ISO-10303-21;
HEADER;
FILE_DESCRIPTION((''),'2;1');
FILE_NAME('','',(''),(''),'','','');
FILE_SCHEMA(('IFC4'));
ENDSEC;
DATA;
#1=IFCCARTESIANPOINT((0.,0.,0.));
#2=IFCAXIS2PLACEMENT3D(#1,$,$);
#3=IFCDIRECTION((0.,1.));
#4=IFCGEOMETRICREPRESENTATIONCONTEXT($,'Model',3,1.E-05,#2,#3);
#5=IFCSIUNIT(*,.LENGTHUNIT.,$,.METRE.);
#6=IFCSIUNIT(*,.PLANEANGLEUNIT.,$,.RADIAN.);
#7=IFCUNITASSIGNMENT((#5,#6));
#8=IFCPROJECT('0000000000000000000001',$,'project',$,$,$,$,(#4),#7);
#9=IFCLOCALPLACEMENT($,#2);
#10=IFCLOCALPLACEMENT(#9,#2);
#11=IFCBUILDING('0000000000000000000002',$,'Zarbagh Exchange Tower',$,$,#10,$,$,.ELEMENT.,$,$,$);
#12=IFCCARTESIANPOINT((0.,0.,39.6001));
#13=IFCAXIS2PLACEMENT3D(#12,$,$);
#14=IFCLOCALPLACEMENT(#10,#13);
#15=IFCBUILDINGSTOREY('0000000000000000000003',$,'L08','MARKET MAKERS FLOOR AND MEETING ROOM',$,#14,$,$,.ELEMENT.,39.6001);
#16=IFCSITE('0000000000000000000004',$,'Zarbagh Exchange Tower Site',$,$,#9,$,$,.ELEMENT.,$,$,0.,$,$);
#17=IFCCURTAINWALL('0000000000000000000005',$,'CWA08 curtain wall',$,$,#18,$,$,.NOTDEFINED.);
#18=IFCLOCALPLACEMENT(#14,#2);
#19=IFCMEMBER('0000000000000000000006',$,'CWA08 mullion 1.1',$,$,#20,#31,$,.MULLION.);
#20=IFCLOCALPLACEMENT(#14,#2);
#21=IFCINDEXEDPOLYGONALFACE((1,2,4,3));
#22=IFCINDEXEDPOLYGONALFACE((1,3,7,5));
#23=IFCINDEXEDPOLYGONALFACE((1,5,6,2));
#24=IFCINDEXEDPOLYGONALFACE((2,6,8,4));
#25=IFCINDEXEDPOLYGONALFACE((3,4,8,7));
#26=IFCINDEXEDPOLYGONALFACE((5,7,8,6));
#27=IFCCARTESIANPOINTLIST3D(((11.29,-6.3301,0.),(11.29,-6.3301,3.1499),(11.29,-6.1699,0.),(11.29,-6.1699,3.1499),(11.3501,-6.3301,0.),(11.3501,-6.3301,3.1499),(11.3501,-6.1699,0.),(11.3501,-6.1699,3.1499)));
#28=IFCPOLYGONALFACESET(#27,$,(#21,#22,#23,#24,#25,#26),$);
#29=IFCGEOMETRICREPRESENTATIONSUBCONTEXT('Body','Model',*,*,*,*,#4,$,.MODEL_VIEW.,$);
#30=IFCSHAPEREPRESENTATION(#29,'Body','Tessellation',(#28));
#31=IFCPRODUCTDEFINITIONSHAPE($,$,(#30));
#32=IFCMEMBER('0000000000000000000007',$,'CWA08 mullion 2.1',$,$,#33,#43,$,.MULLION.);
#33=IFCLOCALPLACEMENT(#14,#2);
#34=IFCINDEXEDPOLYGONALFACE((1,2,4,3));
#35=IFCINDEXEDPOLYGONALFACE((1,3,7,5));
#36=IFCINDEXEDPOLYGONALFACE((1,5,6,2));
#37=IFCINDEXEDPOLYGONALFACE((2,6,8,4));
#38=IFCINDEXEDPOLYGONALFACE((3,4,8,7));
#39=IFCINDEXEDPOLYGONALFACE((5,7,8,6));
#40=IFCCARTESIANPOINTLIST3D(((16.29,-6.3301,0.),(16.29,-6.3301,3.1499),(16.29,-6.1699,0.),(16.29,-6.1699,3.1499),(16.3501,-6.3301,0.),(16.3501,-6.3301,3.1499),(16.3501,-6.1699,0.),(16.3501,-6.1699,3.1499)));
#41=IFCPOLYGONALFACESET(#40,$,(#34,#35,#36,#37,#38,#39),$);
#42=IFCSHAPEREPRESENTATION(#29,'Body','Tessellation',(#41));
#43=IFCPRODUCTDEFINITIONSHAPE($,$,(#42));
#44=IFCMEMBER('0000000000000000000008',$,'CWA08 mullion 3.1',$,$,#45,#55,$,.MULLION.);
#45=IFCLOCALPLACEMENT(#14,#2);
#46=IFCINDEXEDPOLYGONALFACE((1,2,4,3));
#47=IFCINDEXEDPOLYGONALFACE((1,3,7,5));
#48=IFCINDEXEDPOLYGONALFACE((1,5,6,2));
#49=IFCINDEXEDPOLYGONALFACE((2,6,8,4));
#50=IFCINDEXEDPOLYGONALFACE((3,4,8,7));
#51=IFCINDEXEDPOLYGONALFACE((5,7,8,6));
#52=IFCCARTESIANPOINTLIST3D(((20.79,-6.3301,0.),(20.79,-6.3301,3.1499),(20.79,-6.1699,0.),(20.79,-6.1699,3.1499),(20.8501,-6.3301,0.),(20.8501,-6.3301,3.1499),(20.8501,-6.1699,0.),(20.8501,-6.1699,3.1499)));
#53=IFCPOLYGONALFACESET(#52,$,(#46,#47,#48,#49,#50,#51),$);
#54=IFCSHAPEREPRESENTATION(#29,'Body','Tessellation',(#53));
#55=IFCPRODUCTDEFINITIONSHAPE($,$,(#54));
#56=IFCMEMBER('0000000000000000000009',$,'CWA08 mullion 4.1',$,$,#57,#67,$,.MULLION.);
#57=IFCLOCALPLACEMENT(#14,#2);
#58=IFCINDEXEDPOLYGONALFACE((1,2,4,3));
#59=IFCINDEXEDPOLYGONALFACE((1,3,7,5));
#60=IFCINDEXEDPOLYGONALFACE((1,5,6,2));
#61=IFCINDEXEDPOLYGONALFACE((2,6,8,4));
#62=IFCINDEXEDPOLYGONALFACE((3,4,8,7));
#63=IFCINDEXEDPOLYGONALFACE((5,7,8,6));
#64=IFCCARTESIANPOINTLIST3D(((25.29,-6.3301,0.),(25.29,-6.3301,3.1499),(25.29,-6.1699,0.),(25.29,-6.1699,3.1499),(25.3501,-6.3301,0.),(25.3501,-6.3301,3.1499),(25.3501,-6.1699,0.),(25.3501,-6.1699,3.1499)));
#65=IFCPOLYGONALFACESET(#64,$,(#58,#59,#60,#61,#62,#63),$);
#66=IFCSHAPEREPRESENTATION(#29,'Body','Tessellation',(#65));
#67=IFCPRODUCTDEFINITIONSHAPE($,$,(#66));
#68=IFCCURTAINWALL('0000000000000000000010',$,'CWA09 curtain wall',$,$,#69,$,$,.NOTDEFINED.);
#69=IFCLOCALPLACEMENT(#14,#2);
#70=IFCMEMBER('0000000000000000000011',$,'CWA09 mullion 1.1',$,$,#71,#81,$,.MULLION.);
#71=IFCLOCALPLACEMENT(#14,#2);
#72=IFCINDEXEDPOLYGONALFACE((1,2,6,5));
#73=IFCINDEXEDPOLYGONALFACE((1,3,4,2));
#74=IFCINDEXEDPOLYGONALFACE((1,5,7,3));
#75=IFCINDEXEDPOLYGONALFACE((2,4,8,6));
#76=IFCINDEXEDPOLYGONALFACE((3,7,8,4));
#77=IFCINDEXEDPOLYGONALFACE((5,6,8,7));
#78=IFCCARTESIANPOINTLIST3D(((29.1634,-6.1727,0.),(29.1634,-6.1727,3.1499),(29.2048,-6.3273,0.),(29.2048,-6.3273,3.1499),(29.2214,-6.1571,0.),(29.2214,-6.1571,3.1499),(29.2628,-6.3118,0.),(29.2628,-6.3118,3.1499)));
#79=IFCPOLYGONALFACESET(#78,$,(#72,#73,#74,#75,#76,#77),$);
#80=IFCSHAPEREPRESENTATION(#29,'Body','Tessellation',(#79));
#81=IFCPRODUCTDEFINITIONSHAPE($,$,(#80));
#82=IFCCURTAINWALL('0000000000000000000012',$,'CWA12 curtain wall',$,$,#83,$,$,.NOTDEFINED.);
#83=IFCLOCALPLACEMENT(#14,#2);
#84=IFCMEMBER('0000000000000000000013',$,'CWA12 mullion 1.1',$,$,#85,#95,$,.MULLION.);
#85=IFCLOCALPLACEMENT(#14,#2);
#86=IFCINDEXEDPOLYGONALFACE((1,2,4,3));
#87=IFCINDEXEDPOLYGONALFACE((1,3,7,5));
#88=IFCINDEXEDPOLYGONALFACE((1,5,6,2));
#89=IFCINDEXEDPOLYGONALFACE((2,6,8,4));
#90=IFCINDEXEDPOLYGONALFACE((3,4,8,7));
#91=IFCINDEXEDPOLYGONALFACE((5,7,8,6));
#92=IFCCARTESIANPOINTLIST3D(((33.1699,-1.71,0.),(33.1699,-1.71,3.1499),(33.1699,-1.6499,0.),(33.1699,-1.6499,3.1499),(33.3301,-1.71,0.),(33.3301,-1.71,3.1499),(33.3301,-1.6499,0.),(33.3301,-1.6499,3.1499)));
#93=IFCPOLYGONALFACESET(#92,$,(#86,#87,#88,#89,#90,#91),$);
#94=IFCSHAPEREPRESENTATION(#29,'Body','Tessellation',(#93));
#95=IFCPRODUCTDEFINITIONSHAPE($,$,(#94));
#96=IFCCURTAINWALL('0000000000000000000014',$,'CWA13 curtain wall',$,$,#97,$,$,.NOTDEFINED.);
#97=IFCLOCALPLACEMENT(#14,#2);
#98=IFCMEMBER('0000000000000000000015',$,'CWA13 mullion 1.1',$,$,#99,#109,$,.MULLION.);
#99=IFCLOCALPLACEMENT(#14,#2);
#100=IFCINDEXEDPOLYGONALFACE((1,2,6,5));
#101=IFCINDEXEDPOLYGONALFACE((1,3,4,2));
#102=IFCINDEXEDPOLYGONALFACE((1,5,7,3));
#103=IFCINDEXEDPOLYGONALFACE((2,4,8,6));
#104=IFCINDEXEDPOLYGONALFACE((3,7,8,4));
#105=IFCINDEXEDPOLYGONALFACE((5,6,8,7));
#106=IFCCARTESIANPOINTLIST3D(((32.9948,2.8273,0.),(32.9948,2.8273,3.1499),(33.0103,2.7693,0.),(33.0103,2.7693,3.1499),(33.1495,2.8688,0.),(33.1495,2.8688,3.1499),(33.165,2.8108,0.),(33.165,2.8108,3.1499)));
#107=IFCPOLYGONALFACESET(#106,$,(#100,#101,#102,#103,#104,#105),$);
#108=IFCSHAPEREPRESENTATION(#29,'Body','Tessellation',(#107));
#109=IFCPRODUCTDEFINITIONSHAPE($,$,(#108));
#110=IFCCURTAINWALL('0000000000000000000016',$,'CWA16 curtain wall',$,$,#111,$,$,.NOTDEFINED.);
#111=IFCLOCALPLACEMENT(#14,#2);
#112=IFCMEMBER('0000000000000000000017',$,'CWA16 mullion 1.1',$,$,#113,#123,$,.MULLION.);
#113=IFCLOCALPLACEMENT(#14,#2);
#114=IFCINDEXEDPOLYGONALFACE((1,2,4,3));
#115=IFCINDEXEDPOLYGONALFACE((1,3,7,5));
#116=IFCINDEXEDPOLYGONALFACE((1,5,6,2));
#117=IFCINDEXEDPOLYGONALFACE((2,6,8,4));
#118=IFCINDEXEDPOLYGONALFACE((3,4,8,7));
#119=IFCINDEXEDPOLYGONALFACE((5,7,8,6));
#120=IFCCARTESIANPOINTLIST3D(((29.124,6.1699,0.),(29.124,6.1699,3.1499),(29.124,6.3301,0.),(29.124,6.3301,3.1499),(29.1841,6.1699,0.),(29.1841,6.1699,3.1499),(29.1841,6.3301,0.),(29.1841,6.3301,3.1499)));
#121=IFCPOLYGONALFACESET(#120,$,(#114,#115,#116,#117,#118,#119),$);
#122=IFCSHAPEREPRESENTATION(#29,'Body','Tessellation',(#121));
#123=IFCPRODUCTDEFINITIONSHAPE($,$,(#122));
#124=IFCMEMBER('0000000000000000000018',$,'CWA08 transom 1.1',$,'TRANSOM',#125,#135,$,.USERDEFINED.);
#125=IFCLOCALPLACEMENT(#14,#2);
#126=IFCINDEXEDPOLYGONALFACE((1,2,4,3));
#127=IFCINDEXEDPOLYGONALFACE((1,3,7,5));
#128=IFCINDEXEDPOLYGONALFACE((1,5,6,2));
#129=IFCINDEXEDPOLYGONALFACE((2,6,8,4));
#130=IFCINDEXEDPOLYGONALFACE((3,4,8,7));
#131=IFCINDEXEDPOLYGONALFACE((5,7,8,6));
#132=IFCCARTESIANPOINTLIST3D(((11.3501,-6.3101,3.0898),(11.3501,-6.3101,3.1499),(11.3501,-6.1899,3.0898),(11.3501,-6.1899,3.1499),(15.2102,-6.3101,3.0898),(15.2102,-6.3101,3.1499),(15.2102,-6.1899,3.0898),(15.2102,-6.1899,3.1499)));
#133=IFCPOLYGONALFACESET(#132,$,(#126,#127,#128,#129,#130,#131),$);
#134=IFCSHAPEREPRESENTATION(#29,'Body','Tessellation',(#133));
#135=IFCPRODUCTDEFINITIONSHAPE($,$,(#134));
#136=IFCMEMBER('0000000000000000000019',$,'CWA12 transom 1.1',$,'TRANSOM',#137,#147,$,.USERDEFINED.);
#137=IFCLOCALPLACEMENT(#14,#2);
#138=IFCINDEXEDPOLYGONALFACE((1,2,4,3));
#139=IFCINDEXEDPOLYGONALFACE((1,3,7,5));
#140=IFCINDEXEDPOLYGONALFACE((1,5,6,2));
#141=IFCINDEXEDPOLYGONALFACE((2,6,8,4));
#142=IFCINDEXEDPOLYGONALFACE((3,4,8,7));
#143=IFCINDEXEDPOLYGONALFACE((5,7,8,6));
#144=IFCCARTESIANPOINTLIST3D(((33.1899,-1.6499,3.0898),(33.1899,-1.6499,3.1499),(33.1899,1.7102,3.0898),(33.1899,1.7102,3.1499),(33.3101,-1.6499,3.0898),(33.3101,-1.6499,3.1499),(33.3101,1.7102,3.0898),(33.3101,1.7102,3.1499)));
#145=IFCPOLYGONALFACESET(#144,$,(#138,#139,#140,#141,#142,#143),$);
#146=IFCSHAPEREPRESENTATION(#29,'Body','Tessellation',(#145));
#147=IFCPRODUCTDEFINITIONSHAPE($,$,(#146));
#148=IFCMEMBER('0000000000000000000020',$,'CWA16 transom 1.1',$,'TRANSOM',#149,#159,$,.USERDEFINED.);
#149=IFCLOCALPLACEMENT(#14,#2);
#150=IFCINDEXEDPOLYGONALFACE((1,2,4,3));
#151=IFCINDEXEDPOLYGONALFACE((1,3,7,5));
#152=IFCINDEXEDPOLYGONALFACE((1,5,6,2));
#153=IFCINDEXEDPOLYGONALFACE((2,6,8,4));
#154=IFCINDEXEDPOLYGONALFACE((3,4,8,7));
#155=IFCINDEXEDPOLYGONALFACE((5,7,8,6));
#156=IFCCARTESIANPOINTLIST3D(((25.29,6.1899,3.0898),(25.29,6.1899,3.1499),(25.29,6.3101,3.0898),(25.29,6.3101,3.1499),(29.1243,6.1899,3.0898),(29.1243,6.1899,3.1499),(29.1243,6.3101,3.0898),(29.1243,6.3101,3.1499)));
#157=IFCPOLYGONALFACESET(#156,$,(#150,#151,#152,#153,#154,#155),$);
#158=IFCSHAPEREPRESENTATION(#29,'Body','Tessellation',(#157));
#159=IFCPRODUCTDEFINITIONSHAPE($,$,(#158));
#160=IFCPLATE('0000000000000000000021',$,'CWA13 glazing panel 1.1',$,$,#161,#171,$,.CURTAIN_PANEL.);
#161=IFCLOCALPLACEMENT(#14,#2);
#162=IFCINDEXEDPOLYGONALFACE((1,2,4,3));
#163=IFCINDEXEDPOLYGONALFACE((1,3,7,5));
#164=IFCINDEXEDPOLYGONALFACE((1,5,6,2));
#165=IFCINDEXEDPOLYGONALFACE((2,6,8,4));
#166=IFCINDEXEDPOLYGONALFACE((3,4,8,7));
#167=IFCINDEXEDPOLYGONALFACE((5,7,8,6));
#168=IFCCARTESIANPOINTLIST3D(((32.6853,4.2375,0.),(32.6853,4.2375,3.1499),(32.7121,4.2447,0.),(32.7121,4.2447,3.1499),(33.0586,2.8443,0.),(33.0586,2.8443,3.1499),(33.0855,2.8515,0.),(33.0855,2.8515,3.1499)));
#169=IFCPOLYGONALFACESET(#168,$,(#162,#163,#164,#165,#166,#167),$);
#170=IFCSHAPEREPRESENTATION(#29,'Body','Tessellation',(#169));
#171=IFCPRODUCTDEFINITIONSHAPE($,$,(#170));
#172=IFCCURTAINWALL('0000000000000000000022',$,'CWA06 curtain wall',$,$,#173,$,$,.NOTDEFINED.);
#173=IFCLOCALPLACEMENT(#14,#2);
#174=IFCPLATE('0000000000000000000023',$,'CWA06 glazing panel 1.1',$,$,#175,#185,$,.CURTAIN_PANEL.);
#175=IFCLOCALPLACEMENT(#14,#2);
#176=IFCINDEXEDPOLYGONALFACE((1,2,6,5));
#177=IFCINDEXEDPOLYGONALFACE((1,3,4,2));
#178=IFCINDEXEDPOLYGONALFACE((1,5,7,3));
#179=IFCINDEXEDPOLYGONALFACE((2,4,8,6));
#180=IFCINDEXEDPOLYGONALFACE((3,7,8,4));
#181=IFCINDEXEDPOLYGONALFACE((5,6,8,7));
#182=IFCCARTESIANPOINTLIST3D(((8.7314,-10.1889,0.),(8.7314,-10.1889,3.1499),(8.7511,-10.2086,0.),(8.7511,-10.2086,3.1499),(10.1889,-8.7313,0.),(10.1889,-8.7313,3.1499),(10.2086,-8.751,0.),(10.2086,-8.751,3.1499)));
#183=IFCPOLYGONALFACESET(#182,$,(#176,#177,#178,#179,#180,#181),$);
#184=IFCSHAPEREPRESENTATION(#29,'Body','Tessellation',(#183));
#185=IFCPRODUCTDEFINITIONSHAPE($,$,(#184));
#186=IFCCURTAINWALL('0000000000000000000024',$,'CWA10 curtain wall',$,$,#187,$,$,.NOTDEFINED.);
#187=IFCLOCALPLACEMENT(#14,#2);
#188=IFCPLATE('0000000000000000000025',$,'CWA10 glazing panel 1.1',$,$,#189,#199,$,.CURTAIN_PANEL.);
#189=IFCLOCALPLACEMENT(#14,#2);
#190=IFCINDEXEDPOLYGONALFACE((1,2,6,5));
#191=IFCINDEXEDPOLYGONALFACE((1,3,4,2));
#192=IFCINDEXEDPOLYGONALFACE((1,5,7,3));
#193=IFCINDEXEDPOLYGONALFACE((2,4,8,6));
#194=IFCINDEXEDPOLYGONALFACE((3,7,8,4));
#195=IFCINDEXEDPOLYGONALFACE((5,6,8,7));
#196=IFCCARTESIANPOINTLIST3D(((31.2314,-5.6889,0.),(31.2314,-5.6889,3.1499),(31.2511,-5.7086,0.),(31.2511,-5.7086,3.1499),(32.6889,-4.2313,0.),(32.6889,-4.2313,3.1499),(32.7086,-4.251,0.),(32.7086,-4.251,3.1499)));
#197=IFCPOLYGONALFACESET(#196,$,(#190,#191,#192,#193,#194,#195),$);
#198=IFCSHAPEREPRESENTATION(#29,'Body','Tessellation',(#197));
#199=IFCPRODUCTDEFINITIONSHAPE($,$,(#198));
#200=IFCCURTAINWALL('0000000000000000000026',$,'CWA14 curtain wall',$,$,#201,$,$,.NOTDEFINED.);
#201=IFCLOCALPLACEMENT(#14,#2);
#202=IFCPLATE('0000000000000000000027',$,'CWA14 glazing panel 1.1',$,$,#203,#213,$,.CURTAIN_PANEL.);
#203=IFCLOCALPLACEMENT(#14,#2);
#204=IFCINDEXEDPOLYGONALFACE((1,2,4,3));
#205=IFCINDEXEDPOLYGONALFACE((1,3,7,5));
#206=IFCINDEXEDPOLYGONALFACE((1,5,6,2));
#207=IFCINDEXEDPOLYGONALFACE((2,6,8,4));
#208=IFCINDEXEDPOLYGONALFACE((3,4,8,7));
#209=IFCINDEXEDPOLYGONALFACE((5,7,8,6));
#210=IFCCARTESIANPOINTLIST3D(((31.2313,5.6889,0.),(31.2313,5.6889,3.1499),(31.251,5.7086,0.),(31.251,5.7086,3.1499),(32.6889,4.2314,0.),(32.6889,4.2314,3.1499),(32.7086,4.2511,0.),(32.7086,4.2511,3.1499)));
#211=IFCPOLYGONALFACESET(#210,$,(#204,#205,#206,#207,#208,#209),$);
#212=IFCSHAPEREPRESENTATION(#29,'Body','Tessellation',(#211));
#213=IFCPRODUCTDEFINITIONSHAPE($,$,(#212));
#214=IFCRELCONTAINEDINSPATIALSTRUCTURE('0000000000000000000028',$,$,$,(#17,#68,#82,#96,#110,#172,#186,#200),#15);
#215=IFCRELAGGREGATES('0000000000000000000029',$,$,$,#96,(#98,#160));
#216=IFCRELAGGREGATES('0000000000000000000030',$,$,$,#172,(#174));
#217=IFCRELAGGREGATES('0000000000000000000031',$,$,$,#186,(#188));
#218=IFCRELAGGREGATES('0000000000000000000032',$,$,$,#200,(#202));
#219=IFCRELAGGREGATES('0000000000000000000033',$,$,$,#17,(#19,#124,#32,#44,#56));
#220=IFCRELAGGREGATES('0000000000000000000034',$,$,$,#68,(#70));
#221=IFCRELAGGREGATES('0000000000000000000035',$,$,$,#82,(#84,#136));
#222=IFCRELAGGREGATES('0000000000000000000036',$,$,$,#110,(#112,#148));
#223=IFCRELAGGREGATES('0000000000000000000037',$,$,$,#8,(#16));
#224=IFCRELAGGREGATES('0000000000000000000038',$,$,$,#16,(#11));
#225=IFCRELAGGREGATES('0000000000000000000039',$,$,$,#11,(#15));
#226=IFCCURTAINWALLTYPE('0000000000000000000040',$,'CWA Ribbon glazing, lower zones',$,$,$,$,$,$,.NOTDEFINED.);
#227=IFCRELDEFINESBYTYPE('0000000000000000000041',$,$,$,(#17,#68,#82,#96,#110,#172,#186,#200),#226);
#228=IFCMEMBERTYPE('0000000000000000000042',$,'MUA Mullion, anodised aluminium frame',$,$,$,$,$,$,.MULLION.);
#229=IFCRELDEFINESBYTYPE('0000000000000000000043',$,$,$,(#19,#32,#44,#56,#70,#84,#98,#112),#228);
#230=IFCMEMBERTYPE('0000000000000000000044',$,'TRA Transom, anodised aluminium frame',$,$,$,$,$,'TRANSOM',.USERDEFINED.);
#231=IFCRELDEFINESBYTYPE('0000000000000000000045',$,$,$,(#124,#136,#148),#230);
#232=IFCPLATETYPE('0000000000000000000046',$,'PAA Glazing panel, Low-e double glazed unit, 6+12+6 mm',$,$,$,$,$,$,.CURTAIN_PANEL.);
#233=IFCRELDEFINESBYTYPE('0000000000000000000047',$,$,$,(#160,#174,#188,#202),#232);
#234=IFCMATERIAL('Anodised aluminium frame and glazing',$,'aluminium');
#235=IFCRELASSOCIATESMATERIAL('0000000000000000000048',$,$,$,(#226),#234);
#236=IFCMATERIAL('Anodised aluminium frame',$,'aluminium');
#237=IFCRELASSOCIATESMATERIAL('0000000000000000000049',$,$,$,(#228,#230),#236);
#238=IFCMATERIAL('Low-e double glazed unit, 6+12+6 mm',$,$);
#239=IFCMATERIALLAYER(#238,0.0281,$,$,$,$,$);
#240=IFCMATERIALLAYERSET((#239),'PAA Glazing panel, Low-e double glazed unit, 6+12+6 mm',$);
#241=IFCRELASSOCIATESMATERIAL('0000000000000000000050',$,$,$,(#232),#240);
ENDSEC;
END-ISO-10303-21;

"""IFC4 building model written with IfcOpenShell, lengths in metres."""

from ifc_helpers import new_model, si_unit, direction, frame, origin, place, context, subcontext, project, spatial, polyline, outline, extrude, source, transform, mapped, material, layer, layer_set, type_object, element, aggregate, save


model = new_model("IFC4")

# Units and contexts
model_context = context("Model", 3, precision=1e-05, world=origin(), true_north=direction((0.0, 1.0)))
body_context = subcontext(model_context, "Body", "Model", "MODEL_VIEW")
ifc_project = project(units=[si_unit("LENGTHUNIT", "METRE"), si_unit("PLANEANGLEUNIT", "RADIAN")], contexts=[model_context])

# Site, building, storey
site_placement = place(None, origin())
site = spatial("IfcSite", under=ifc_project, at=site_placement, Name="Zarbagh Exchange Tower Site", CompositionType="ELEMENT", RefElevation=0.0)
building_placement = place(site_placement, origin())
building = spatial("IfcBuilding", under=site, at=building_placement, Name="Zarbagh Exchange Tower", CompositionType="ELEMENT")
storey_placement = place(building_placement, frame((0.0, 0.0, 39.6001)))
storey = spatial("IfcBuildingStorey", under=building, at=storey_placement, Name="L08", Description="MARKET MAKERS FLOOR AND MEETING ROOM", CompositionType="ELEMENT", Elevation=39.6001)

# Curtain wall, members
ifc_material_1 = material(Name="Anodised aluminium frame and glazing", Category="aluminium")
curtain_wall_type = type_object("IfcCurtainWallType", Name="CWA Ribbon glazing, lower zones", PredefinedType="NOTDEFINED", material=ifc_material_1)
curtain_wall_1_placement = place(storey_placement, origin())
curtain_wall_1 = element("IfcCurtainWall", 1, at=curtain_wall_1_placement, inside=storey, type_object=curtain_wall_type, Name="CWA08 curtain wall", PredefinedType="NOTDEFINED")
ifc_material_2 = material(Name="Anodised aluminium frame", Category="aluminium")
member_type_1 = type_object("IfcMemberType", Name="MUA Mullion, anodised aluminium frame", PredefinedType="MULLION", material=ifc_material_2)
shared_shape_1 = source(origin(), body_context, "Body", "SweptSolid", [
    extrude(outline(polyline([(0.0, -0.0801), (0.0601, -0.0801), (0.0601, 0.0801), (0.0, 0.0801), (0.0, -0.0801)])), origin(), (0.0, 0.0, 1.0), 3.1499),
])
placement = place(storey_placement, origin())
member_1 = element("IfcMember", 2, at=placement, type_object=member_type_1, Name="CWA08 mullion 1.1", PredefinedType="MULLION", context=body_context, shape_type="MappedRepresentation", body=[
    mapped(shared_shape_1, transform((11.29, -6.25, 0.0), x_axis=(1.0, 0.0, 0.0), y_axis=(0.0, 1.0, 0.0), z_axis=(0.0, 0.0, 1.0))),
])
member_2 = element("IfcMember", 3, at=placement, type_object=member_type_1, Name="CWA08 mullion 2.1", PredefinedType="MULLION", context=body_context, shape_type="MappedRepresentation", body=[
    mapped(shared_shape_1, transform((16.29, -6.25, 0.0), x_axis=(1.0, 0.0, 0.0), y_axis=(0.0, 1.0, 0.0), z_axis=(0.0, 0.0, 1.0))),
])
member_3 = element("IfcMember", 4, at=placement, type_object=member_type_1, Name="CWA08 mullion 3.1", PredefinedType="MULLION", context=body_context, shape_type="MappedRepresentation", body=[
    mapped(shared_shape_1, transform((20.79, -6.25, 0.0), x_axis=(1.0, 0.0, 0.0), y_axis=(0.0, 1.0, 0.0), z_axis=(0.0, 0.0, 1.0))),
])
member_4 = element("IfcMember", 5, at=placement, type_object=member_type_1, Name="CWA08 mullion 4.1", PredefinedType="MULLION", context=body_context, shape_type="MappedRepresentation", body=[
    mapped(shared_shape_1, transform((25.29, -6.25, 0.0), x_axis=(1.0, 0.0, 0.0), y_axis=(0.0, 1.0, 0.0), z_axis=(0.0, 0.0, 1.0))),
])

# Curtain walls, members
curtain_wall_2_placement = place(storey_placement, origin())
curtain_wall_2 = element("IfcCurtainWall", 6, at=curtain_wall_2_placement, inside=storey, type_object=curtain_wall_type, Name="CWA09 curtain wall", PredefinedType="NOTDEFINED")
member_5 = element("IfcMember", 7, at=placement, type_object=member_type_1, Name="CWA09 mullion 1.1", PredefinedType="MULLION", context=body_context, shape_type="MappedRepresentation", body=[
    mapped(shared_shape_1, transform((29.1841, -6.25, 0.0), x_axis=(0.965924, 0.258825, 0.0), y_axis=(-0.258825, 0.965924, 0.0), z_axis=(0.0, 0.0, 1.0))),
])
curtain_wall_3_placement = place(storey_placement, origin())
curtain_wall_3 = element("IfcCurtainWall", 8, at=curtain_wall_3_placement, inside=storey, type_object=curtain_wall_type, Name="CWA12 curtain wall", PredefinedType="NOTDEFINED")
member_6 = element("IfcMember", 9, at=placement, type_object=member_type_1, Name="CWA12 mullion 1.1", PredefinedType="MULLION", context=body_context, shape_type="MappedRepresentation", body=[
    mapped(shared_shape_1, transform((33.25, -1.71, 0.0), x_axis=(0.0, 1.0, 0.0), y_axis=(-1.0, 0.0, 0.0), z_axis=(0.0, 0.0, 1.0))),
])
curtain_wall_4_placement = place(storey_placement, origin())
curtain_wall_4 = element("IfcCurtainWall", 10, at=curtain_wall_4_placement, inside=storey, type_object=curtain_wall_type, Name="CWA13 curtain wall", PredefinedType="NOTDEFINED")
member_7 = element("IfcMember", 11, at=placement, type_object=member_type_1, Name="CWA13 mullion 1.1", PredefinedType="MULLION", context=body_context, shape_type="MappedRepresentation", body=[
    mapped(shared_shape_1, transform((33.0876, 2.79, 0.0), x_axis=(-0.258825, 0.965924, 0.0), y_axis=(-0.965924, -0.258825, 0.0), z_axis=(0.0, 0.0, 1.0))),
])
curtain_wall_5_placement = place(storey_placement, origin())
curtain_wall_5 = element("IfcCurtainWall", 12, at=curtain_wall_5_placement, inside=storey, type_object=curtain_wall_type, Name="CWA16 curtain wall", PredefinedType="NOTDEFINED")
member_8 = element("IfcMember", 13, at=placement, type_object=member_type_1, Name="CWA16 mullion 1.1", PredefinedType="MULLION", context=body_context, shape_type="MappedRepresentation", body=[
    mapped(shared_shape_1, transform((29.1841, 6.25, 0.0), x_axis=(-1.0, 0.0, 0.0), y_axis=(0.0, -1.0, 0.0), z_axis=(0.0, 0.0, 1.0))),
])

# Members
member_type_2 = type_object("IfcMemberType", Name="TRA Transom, anodised aluminium frame", ElementType="TRANSOM", PredefinedType="USERDEFINED", material=ifc_material_2)
shared_shape_2 = source(origin(), body_context, "Body", "SweptSolid", [
    extrude(outline(polyline([(-0.0601, -0.0601), (0.0, -0.0601), (0.0, 0.0601), (-0.0601, 0.0601), (-0.0601, -0.0601)])), origin(), (0.0, 0.0, 1.0), 3.8601),
])
member_9 = element("IfcMember", 14, at=placement, type_object=member_type_2, Name="CWA08 transom 1.1", ObjectType="TRANSOM", PredefinedType="USERDEFINED", context=body_context, shape_type="MappedRepresentation", body=[
    mapped(shared_shape_2, transform((11.3501, -6.25, 3.1499), x_axis=(0.0, 0.0, 1.0), y_axis=(0.0, -1.0, 0.0), z_axis=(1.0, 0.0, 0.0))),
])
shared_shape_3 = source(origin(), body_context, "Body", "SweptSolid", [
    extrude(outline(polyline([(-0.0601, -0.0601), (0.0, -0.0601), (0.0, 0.0601), (-0.0601, 0.0601), (-0.0601, -0.0601)])), origin(), (0.0, 0.0, 1.0), 3.3601),
])
member_10 = element("IfcMember", 15, at=placement, type_object=member_type_2, Name="CWA12 transom 1.1", ObjectType="TRANSOM", PredefinedType="USERDEFINED", context=body_context, shape_type="MappedRepresentation", body=[
    mapped(shared_shape_3, transform((33.25, -1.6499, 3.1499), x_axis=(0.0, 0.0, 1.0), y_axis=(1.0, 0.0, 0.0), z_axis=(0.0, 1.0, 0.0))),
])
shared_shape_4 = source(origin(), body_context, "Body", "SweptSolid", [
    extrude(outline(polyline([(-0.0601, -0.0601), (0.0, -0.0601), (0.0, 0.0601), (-0.0601, 0.0601), (-0.0601, -0.0601)])), origin(), (0.0, 0.0, 1.0), 3.8342),
])
member_11 = element("IfcMember", 16, at=placement, type_object=member_type_2, Name="CWA16 transom 1.1", ObjectType="TRANSOM", PredefinedType="USERDEFINED", context=body_context, shape_type="MappedRepresentation", body=[
    mapped(shared_shape_4, transform((29.1243, 6.25, 3.1499), x_axis=(0.0, 0.0, 1.0), y_axis=(0.0, 1.0, 0.0), z_axis=(-1.0, 0.0, 0.0))),
])

# Plate
ifc_material_3 = material(Name="Low-e double glazed unit, 6+12+6 mm")
ifc_layer = layer(ifc_material_3, 0.0281)
ifc_layer_set = layer_set([ifc_layer], Name="PAA Glazing panel, Low-e double glazed unit, 6+12+6 mm")
plate_type = type_object("IfcPlateType", Name="PAA Glazing panel, Low-e double glazed unit, 6+12+6 mm", PredefinedType="CURTAIN_PANEL", material=ifc_layer_set)
shared_shape_5 = source(origin(), body_context, "Body", "SweptSolid", [
    extrude(outline(polyline([(0.0, -0.0139), (1.4424, -0.0139), (1.4424, 0.0139), (0.0, 0.0139), (0.0, -0.0139)])), origin(), (0.0, 0.0, 1.0), 3.1499),
])
plate_1 = element("IfcPlate", 17, at=placement, type_object=plate_type, Name="CWA13 glazing panel 1.1", PredefinedType="CURTAIN_PANEL", context=body_context, shape_type="MappedRepresentation", body=[
    mapped(shared_shape_5, transform((33.072, 2.8479, 0.0), x_axis=(-0.258825, 0.965924, 0.0), y_axis=(-0.965924, -0.258825, 0.0), z_axis=(0.0, 0.0, 1.0))),
])
aggregate(curtain_wall_4, [member_7, plate_1])

# Curtain walls, plates
curtain_wall_6_placement = place(storey_placement, origin())
curtain_wall_6 = element("IfcCurtainWall", 18, at=curtain_wall_6_placement, inside=storey, type_object=curtain_wall_type, Name="CWA06 curtain wall", PredefinedType="NOTDEFINED")
shared_shape_6 = source(origin(), body_context, "Body", "SweptSolid", [
    extrude(outline(polyline([(0.0, -0.0139), (2.0613, -0.0139), (2.0613, 0.0139), (0.0, 0.0139), (0.0, -0.0139)])), origin(), (0.0, 0.0, 1.0), 3.1499),
])
plate_2 = element("IfcPlate", 19, at=placement, type_object=plate_type, Name="CWA06 glazing panel 1.1", PredefinedType="CURTAIN_PANEL", context=body_context, shape_type="MappedRepresentation", body=[
    mapped(shared_shape_6, transform((8.7412, -10.1987, 0.0), x_axis=(0.707107, 0.707107, 0.0), y_axis=(-0.707107, 0.707107, 0.0), z_axis=(0.0, 0.0, 1.0))),
])
aggregate(curtain_wall_6, [plate_2])
curtain_wall_7_placement = place(storey_placement, origin())
curtain_wall_7 = element("IfcCurtainWall", 20, at=curtain_wall_7_placement, inside=storey, type_object=curtain_wall_type, Name="CWA10 curtain wall", PredefinedType="NOTDEFINED")
plate_3 = element("IfcPlate", 21, at=placement, type_object=plate_type, Name="CWA10 glazing panel 1.1", PredefinedType="CURTAIN_PANEL", context=body_context, shape_type="MappedRepresentation", body=[
    mapped(shared_shape_6, transform((31.2412, -5.6987, 0.0), x_axis=(0.707107, 0.707107, 0.0), y_axis=(-0.707107, 0.707107, 0.0), z_axis=(0.0, 0.0, 1.0))),
])
aggregate(curtain_wall_7, [plate_3])
curtain_wall_8_placement = place(storey_placement, origin())
curtain_wall_8 = element("IfcCurtainWall", 22, at=curtain_wall_8_placement, inside=storey, type_object=curtain_wall_type, Name="CWA14 curtain wall", PredefinedType="NOTDEFINED")
plate_4 = element("IfcPlate", 23, at=placement, type_object=plate_type, Name="CWA14 glazing panel 1.1", PredefinedType="CURTAIN_PANEL", context=body_context, shape_type="MappedRepresentation", body=[
    mapped(shared_shape_6, transform((32.6987, 4.2412, 0.0), x_axis=(-0.707107, 0.707107, 0.0), y_axis=(-0.707107, -0.707107, 0.0), z_axis=(0.0, 0.0, 1.0))),
])
aggregate(curtain_wall_8, [plate_4])

aggregate(curtain_wall_1, [member_1, member_9, member_2, member_3, member_4])
aggregate(curtain_wall_2, [member_5])

aggregate(curtain_wall_3, [member_6, member_10])
aggregate(curtain_wall_5, [member_8, member_11])

save(model, "model.ifc")
